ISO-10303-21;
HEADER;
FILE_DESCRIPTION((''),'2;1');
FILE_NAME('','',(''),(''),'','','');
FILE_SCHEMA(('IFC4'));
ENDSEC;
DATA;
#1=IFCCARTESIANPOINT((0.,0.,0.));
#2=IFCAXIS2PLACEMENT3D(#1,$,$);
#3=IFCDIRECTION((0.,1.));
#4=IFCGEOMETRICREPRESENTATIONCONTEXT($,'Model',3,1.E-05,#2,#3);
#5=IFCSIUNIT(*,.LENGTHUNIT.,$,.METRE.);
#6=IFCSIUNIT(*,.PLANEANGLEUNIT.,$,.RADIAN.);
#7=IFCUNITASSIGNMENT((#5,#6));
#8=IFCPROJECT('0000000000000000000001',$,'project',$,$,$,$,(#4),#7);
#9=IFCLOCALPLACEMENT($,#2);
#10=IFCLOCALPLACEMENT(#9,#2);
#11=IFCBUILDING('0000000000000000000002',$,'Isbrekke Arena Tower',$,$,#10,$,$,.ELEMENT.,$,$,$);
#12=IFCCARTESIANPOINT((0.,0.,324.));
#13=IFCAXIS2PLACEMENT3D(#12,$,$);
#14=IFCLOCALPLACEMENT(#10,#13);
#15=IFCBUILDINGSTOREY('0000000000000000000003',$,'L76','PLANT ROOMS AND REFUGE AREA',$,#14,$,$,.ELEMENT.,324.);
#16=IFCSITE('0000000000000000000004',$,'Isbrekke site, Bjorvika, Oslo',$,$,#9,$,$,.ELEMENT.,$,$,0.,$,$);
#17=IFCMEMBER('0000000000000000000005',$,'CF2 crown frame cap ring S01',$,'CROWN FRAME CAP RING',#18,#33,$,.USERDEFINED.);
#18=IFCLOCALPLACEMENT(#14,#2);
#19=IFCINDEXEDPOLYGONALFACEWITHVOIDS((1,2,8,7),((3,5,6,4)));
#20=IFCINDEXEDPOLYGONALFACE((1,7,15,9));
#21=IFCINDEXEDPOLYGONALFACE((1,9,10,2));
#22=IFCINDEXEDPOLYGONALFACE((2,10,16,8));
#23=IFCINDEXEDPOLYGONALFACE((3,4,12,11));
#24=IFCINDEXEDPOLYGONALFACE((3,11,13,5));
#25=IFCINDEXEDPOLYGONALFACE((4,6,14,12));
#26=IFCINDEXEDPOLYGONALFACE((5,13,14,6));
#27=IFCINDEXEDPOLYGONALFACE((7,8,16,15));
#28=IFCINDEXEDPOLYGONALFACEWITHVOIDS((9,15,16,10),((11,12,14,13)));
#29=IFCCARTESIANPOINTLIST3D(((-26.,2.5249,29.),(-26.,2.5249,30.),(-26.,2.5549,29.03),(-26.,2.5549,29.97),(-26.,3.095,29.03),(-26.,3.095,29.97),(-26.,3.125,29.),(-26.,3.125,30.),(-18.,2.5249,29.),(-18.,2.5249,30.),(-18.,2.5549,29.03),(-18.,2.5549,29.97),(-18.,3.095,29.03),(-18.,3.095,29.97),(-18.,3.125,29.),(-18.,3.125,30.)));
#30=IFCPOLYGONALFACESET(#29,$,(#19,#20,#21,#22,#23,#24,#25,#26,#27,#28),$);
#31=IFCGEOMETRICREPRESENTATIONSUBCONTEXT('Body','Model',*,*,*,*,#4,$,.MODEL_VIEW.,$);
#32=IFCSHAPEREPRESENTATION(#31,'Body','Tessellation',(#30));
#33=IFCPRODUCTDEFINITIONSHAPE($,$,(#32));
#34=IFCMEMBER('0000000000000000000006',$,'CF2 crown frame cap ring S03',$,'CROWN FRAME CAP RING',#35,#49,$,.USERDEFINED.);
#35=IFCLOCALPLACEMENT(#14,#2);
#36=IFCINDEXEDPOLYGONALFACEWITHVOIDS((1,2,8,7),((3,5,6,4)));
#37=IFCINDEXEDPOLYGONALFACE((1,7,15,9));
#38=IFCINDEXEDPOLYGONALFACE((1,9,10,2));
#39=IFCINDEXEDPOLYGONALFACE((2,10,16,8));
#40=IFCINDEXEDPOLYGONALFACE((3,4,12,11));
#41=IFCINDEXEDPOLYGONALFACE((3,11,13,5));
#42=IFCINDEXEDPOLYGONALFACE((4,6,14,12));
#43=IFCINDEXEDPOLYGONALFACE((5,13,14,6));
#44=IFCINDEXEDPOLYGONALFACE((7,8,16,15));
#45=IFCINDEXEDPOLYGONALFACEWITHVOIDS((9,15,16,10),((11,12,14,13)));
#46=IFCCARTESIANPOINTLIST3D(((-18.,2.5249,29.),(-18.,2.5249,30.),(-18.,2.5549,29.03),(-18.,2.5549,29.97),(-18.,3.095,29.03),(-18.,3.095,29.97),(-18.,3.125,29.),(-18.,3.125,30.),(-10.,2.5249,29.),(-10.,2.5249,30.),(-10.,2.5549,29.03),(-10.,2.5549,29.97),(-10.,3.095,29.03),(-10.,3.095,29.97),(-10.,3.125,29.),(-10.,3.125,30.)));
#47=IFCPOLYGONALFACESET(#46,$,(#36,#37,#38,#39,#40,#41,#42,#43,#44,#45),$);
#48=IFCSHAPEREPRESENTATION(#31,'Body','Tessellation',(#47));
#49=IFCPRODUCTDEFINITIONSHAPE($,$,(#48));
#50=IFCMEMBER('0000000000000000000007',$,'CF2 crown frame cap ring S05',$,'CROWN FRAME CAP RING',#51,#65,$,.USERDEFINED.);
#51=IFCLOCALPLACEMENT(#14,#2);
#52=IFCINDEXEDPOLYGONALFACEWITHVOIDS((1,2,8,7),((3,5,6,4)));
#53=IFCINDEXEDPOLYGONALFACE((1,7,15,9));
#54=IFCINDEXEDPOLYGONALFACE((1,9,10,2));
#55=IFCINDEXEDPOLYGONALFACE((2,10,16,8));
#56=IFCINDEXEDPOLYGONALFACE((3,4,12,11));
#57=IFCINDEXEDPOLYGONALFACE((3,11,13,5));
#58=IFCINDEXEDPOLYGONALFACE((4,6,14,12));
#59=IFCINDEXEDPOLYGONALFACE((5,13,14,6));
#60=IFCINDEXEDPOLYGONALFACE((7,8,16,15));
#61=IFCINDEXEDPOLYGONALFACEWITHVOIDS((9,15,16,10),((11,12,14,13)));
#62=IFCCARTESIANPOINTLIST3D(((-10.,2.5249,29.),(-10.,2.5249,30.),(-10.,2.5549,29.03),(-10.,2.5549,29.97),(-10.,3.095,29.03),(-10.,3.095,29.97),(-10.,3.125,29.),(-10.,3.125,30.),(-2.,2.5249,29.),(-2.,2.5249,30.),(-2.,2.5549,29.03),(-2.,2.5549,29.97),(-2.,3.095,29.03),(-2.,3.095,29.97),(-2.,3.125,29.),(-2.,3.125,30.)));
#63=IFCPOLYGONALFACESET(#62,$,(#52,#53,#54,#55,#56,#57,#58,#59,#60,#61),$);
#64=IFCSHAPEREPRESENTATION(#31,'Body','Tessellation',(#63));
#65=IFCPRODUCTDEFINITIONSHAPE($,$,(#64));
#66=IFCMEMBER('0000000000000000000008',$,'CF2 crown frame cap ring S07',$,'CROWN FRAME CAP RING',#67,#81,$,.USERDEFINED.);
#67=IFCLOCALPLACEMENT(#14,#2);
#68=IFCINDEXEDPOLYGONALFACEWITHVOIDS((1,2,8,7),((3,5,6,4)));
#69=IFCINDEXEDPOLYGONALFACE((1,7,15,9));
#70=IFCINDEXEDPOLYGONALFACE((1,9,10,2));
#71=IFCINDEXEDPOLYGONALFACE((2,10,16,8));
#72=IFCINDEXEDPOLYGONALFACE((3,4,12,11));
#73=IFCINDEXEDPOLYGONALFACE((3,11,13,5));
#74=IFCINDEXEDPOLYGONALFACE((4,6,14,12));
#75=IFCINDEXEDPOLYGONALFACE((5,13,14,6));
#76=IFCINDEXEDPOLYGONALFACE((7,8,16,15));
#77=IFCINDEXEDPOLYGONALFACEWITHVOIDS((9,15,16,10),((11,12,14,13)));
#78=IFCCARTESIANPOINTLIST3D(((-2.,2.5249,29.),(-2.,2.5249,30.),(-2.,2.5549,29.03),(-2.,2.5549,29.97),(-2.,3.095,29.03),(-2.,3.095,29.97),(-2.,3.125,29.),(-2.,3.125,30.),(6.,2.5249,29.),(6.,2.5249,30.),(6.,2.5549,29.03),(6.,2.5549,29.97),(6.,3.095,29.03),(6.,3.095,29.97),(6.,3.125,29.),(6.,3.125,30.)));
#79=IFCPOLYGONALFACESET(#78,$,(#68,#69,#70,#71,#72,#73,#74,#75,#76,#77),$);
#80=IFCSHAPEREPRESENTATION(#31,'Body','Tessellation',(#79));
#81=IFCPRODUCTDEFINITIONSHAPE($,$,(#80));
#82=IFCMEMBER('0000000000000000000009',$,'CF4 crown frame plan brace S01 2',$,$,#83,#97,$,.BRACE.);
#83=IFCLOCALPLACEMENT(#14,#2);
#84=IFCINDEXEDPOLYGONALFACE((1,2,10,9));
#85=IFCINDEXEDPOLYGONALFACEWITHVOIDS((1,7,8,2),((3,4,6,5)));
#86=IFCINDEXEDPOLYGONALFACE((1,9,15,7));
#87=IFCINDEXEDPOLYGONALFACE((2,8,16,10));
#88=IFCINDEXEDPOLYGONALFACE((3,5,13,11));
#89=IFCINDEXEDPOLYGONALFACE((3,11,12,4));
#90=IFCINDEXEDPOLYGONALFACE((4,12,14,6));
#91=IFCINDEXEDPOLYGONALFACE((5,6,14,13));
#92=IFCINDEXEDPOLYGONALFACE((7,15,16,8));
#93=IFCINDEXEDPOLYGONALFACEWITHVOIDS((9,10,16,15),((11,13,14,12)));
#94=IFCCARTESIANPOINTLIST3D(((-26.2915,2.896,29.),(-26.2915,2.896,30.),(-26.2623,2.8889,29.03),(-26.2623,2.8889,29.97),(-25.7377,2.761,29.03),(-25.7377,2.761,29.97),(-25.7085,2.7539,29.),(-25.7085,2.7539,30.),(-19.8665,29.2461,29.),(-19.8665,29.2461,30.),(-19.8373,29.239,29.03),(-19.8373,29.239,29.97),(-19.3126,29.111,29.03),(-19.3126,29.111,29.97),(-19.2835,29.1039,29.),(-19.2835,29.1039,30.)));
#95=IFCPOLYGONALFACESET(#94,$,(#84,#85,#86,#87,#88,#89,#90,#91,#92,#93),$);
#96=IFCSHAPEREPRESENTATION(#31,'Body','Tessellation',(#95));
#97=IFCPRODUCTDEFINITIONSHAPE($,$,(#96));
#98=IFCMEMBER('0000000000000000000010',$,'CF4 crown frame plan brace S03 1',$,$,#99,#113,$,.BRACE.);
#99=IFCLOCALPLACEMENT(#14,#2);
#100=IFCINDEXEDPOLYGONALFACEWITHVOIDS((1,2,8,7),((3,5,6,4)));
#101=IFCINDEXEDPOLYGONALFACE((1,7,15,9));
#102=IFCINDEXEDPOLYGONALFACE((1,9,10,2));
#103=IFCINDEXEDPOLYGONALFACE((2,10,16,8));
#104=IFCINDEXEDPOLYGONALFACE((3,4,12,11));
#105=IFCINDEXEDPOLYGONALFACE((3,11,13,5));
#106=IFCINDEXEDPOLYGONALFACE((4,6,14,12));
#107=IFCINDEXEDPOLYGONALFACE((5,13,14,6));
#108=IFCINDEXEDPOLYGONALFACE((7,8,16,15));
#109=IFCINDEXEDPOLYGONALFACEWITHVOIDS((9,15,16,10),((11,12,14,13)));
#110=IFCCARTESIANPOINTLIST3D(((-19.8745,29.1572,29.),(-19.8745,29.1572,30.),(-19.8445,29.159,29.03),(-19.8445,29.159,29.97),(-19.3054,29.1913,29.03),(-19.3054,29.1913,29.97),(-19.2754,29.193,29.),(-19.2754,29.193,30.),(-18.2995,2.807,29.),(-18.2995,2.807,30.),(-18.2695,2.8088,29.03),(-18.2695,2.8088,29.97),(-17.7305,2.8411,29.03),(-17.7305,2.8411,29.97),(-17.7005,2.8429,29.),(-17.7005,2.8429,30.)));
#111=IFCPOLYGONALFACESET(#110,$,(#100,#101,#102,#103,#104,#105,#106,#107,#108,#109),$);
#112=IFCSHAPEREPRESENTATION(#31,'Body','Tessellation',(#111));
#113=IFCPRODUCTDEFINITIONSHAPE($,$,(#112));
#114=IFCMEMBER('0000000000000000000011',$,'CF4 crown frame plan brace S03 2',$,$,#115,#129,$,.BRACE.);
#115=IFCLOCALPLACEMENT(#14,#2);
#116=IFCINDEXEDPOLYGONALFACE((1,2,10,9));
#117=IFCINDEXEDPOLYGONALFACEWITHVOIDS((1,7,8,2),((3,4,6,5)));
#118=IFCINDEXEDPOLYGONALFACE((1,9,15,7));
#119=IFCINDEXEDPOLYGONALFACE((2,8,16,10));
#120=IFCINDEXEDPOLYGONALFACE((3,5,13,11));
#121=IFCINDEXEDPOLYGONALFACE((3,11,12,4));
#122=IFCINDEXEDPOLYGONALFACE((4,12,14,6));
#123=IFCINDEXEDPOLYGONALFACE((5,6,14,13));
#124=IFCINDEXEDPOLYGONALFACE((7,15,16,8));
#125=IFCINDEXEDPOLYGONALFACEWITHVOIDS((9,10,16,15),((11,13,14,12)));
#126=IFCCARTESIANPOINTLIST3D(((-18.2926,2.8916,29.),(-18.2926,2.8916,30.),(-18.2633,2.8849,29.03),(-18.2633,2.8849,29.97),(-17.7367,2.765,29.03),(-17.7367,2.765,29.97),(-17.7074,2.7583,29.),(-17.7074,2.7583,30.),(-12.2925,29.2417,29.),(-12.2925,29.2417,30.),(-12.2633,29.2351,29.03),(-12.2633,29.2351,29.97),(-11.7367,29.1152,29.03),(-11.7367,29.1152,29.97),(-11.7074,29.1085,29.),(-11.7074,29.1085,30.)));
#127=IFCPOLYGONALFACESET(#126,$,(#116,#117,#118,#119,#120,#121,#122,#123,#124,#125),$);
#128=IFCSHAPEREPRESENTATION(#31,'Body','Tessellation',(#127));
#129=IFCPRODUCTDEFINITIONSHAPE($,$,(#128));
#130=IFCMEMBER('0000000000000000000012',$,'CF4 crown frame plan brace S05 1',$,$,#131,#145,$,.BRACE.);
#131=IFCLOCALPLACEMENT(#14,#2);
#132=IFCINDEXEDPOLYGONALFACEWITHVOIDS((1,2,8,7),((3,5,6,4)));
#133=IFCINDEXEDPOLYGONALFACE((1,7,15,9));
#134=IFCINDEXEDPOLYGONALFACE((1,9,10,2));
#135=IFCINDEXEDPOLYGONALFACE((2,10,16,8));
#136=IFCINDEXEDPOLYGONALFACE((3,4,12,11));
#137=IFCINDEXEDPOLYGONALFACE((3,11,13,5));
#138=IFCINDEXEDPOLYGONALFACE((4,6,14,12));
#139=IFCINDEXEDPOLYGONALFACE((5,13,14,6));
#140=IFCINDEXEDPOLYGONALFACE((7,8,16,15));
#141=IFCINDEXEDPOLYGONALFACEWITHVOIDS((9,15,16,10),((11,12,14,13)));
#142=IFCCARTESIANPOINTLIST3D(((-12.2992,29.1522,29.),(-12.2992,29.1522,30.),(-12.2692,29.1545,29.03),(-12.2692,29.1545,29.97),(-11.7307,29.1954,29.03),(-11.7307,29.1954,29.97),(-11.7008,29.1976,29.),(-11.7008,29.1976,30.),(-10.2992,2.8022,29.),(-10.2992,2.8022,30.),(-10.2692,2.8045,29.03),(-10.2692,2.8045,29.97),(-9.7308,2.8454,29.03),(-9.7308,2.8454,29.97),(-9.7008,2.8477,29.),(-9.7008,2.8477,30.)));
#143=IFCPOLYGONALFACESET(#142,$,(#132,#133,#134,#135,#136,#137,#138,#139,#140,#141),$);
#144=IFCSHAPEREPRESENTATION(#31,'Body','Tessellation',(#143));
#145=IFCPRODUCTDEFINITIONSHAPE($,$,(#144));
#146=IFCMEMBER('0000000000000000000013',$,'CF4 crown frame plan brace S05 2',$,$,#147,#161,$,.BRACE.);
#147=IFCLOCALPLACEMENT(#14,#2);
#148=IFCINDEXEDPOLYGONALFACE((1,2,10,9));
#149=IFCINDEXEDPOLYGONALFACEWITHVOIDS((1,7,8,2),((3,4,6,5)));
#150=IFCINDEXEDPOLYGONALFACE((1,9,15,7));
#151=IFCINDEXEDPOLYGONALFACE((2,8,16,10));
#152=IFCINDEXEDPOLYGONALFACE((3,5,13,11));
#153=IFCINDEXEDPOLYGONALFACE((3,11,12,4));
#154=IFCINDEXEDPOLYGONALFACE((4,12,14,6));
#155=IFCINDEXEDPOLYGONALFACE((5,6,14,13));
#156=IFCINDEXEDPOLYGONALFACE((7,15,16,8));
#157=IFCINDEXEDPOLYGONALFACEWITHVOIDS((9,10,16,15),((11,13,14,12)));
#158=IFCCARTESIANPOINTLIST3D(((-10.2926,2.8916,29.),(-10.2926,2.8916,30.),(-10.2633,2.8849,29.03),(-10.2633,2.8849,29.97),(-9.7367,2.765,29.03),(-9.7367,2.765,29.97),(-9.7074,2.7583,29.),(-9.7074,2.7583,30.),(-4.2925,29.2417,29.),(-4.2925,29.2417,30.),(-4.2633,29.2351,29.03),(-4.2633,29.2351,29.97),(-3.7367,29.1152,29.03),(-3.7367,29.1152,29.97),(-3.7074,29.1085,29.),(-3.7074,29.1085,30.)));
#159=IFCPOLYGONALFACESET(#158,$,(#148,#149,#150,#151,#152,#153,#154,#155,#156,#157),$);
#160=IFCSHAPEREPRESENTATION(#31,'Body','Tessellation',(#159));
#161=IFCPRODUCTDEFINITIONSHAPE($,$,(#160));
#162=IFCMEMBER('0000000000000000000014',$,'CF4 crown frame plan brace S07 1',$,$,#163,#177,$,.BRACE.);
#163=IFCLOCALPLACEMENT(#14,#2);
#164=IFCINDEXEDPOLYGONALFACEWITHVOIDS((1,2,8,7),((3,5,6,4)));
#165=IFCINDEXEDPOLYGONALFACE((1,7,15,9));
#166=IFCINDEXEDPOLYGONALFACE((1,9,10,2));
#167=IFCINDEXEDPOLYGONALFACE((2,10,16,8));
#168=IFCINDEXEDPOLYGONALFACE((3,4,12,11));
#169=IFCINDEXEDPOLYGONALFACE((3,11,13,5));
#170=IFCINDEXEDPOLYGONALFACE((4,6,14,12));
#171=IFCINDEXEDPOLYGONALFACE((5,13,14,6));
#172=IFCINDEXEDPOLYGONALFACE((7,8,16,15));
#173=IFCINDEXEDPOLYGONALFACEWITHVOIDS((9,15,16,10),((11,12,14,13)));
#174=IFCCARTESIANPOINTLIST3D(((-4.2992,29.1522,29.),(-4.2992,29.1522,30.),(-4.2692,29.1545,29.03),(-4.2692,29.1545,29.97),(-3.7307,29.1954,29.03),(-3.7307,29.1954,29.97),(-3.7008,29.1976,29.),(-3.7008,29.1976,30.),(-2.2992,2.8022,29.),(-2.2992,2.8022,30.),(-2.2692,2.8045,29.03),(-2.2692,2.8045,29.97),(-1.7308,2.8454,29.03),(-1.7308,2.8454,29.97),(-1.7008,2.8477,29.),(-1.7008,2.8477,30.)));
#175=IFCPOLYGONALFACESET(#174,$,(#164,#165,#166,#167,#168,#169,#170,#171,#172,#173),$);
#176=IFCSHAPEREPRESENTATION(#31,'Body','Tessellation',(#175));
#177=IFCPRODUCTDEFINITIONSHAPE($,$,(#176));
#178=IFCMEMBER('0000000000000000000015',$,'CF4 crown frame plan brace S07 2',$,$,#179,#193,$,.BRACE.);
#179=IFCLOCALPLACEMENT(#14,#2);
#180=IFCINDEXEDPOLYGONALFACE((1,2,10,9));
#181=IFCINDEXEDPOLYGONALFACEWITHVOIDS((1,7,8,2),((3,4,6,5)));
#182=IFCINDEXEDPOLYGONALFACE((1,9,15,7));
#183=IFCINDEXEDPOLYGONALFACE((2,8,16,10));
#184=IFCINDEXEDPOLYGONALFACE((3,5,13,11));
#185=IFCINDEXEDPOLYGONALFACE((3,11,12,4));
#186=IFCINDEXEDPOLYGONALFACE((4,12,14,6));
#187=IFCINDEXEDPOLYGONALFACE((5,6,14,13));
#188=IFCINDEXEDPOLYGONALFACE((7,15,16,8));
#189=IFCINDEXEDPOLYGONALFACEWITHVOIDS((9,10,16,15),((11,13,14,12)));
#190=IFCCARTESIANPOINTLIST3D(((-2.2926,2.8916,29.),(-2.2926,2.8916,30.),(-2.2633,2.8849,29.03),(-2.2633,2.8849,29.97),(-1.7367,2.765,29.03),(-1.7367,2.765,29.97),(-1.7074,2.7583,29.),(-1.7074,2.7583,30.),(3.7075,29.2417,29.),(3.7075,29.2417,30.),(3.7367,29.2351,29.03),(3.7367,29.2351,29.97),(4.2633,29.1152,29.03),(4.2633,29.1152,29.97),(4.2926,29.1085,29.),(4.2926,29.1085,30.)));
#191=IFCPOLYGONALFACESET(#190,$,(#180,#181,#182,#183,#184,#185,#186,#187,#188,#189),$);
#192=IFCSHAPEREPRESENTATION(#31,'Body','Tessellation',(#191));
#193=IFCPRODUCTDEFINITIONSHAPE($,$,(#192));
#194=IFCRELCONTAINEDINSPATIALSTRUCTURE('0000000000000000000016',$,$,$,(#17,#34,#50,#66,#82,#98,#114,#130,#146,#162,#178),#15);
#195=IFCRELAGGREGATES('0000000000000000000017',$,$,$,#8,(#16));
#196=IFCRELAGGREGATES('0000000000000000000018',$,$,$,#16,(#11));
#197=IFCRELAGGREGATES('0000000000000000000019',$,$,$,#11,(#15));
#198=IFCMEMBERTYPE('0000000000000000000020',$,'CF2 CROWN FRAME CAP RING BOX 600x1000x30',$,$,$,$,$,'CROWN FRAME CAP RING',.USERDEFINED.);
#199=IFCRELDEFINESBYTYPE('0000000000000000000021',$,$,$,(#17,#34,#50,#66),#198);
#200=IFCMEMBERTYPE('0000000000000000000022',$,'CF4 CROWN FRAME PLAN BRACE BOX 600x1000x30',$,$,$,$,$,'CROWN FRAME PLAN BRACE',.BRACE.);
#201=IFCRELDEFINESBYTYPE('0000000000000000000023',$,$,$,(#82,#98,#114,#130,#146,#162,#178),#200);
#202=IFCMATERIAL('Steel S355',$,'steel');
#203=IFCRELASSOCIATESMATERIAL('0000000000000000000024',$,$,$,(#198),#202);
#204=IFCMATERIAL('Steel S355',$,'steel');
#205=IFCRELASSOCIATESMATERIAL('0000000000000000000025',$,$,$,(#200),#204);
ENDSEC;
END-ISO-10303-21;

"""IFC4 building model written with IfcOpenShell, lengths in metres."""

from ifc_helpers import new_model, si_unit, direction, frame, origin, origin_2d, place, context, subcontext, project, spatial, hollow_rectangle, extrude, material, material_profile, profile_set, type_object, element, save


model = new_model("IFC4")

# Units and contexts
model_context = context("Model", 3, precision=1e-05, world=origin(), true_north=direction((0.0, 1.0)))
body_context = subcontext(model_context, "Body", "Model", "MODEL_VIEW")
ifc_project = project(units=[si_unit("LENGTHUNIT", "METRE"), si_unit("PLANEANGLEUNIT", "RADIAN")], contexts=[model_context])

# Site, building, storey
site_placement = place(None, origin())
site = spatial("IfcSite", under=ifc_project, at=site_placement, Name="Isbrekke site, Bjorvika, Oslo", CompositionType="ELEMENT", RefElevation=0.0)
building_placement = place(site_placement, origin())
building = spatial("IfcBuilding", under=site, at=building_placement, Name="Isbrekke Arena Tower", CompositionType="ELEMENT")
storey_placement = place(building_placement, frame((0.0, 0.0, 324.0)))
storey = spatial("IfcBuildingStorey", under=building, at=storey_placement, Name="L76", Description="PLANT ROOMS AND REFUGE AREA", CompositionType="ELEMENT", Elevation=324.0)

# Members
ifc_material_1 = material(Name="Steel S355", Category="steel")
ifc_material_profile_1 = material_profile(ifc_material_1, hollow_rectangle(XDim=0.6001, YDim=1.0, WallThickness=0.03, at=origin_2d()), Name="BOX 600x1000x30")
ifc_profile_set_1 = profile_set([ifc_material_profile_1], Name="Steel S355")
member_type_1 = type_object("IfcMemberType", Name="CF2 CROWN FRAME CAP RING BOX 600x1000x30", ElementType="CROWN FRAME CAP RING", PredefinedType="USERDEFINED", material=ifc_profile_set_1)
for number, where, z_axis, x_axis, name in (
    (1, (-26.0, 2.825, 29.5), (1.0, 0.0, 0.0), (0.0, 1.0, 0.0), "CF2 crown frame cap ring S01"),
    (2, (-18.0, 2.825, 29.5), (1.0, 0.0, 0.0), (0.0, 1.0, 0.0), "CF2 crown frame cap ring S03"),
    (3, (-10.0, 2.825, 29.5), (1.0, 0.0, 0.0), (0.0, 1.0, 0.0), "CF2 crown frame cap ring S05"),
    (4, (-2.0, 2.825, 29.5), (1.0, 0.0, 0.0), (0.0, 1.0, 0.0), "CF2 crown frame cap ring S07"),
):
    element("IfcMember", number, at=place(storey_placement, frame(where, z_axis=z_axis, x_axis=x_axis)), inside=storey, type_object=member_type_1, Name=name, ObjectType="CROWN FRAME CAP RING", PredefinedType="USERDEFINED", context=body_context, shape_type="SweptSolid", body=[
        extrude(hollow_rectangle(XDim=0.6001, YDim=1.0, WallThickness=0.03, at=origin_2d()), origin(), (0.0, 0.0, 1.0), 8.0),
    ])
ifc_material_2 = material(Name="Steel S355", Category="steel")
ifc_material_profile_2 = material_profile(ifc_material_2, hollow_rectangle(XDim=0.6001, YDim=1.0, WallThickness=0.03, at=origin_2d()), Name="BOX 600x1000x30")
ifc_profile_set_2 = profile_set([ifc_material_profile_2], Name="Steel S355")
member_type_2 = type_object("IfcMemberType", Name="CF4 CROWN FRAME PLAN BRACE BOX 600x1000x30", ElementType="CROWN FRAME PLAN BRACE", PredefinedType="BRACE", material=ifc_profile_set_2)
member_1_placement = place(storey_placement, frame((-26.0, 2.825, 29.5), z_axis=(0.236893, 0.971536, 0.0), x_axis=(-0.971536, 0.236893, 0.0)))
element("IfcMember", 5, at=member_1_placement, inside=storey, type_object=member_type_2, Name="CF4 crown frame plan brace S01 2", PredefinedType="BRACE", context=body_context, shape_type="SweptSolid", body=[
    extrude(hollow_rectangle(XDim=0.6001, YDim=1.0, WallThickness=0.03, at=origin_2d()), origin(), (0.0, 0.0, 1.0), 27.1221),
])
member_2_placement = place(storey_placement, frame((-18.0, 2.825, 29.5), z_axis=(-0.059664, 0.998219, 0.0), x_axis=(-0.998219, -0.059664, 0.0)))
element("IfcMember", 6, at=member_2_placement, inside=storey, type_object=member_type_2, Name="CF4 crown frame plan brace S03 1", PredefinedType="BRACE", context=body_context, shape_type="SweptSolid", body=[
    extrude(hollow_rectangle(XDim=0.6001, YDim=1.0, WallThickness=0.03, at=origin_2d()), origin(), (0.0, 0.0, 1.0), 26.3972),
])
member_3_placement = place(storey_placement, frame((-18.0, 2.825, 29.5), z_axis=(0.22202, 0.975042, 0.0), x_axis=(-0.975042, 0.22202, 0.0)))
element("IfcMember", 7, at=member_3_placement, inside=storey, type_object=member_type_2, Name="CF4 crown frame plan brace S03 2", PredefinedType="BRACE", context=body_context, shape_type="SweptSolid", body=[
    extrude(hollow_rectangle(XDim=0.6001, YDim=1.0, WallThickness=0.03, at=origin_2d()), origin(), (0.0, 0.0, 1.0), 27.0247),
])
member_4_placement = place(storey_placement, frame((-10.0, 2.825, 29.5), z_axis=(-0.075683, 0.997132, 0.0), x_axis=(-0.997132, -0.075683, 0.0)))
element("IfcMember", 8, at=member_4_placement, inside=storey, type_object=member_type_2, Name="CF4 crown frame plan brace S05 1", PredefinedType="BRACE", context=body_context, shape_type="SweptSolid", body=[
    extrude(hollow_rectangle(XDim=0.6001, YDim=1.0, WallThickness=0.03, at=origin_2d()), origin(), (0.0, 0.0, 1.0), 26.4258),
])
member_5_placement = place(storey_placement, frame((-10.0, 2.825, 29.5), z_axis=(0.22202, 0.975042, 0.0), x_axis=(-0.975042, 0.22202, 0.0)))
element("IfcMember", 9, at=member_5_placement, inside=storey, type_object=member_type_2, Name="CF4 crown frame plan brace S05 2", PredefinedType="BRACE", context=body_context, shape_type="SweptSolid", body=[
    extrude(hollow_rectangle(XDim=0.6001, YDim=1.0, WallThickness=0.03, at=origin_2d()), origin(), (0.0, 0.0, 1.0), 27.0247),
])
member_6_placement = place(storey_placement, frame((-2.0, 2.825, 29.5), z_axis=(-0.075683, 0.997132, 0.0), x_axis=(-0.997132, -0.075683, 0.0)))
element("IfcMember", 10, at=member_6_placement, inside=storey, type_object=member_type_2, Name="CF4 crown frame plan brace S07 1", PredefinedType="BRACE", context=body_context, shape_type="SweptSolid", body=[
    extrude(hollow_rectangle(XDim=0.6001, YDim=1.0, WallThickness=0.03, at=origin_2d()), origin(), (0.0, 0.0, 1.0), 26.4258),
])
member_7_placement = place(storey_placement, frame((-2.0, 2.825, 29.5), z_axis=(0.22202, 0.975042, 0.0), x_axis=(-0.975042, 0.22202, 0.0)))
element("IfcMember", 11, at=member_7_placement, inside=storey, type_object=member_type_2, Name="CF4 crown frame plan brace S07 2", PredefinedType="BRACE", context=body_context, shape_type="SweptSolid", body=[
    extrude(hollow_rectangle(XDim=0.6001, YDim=1.0, WallThickness=0.03, at=origin_2d()), origin(), (0.0, 0.0, 1.0), 27.0247),
])

save(model, "model.ifc")
